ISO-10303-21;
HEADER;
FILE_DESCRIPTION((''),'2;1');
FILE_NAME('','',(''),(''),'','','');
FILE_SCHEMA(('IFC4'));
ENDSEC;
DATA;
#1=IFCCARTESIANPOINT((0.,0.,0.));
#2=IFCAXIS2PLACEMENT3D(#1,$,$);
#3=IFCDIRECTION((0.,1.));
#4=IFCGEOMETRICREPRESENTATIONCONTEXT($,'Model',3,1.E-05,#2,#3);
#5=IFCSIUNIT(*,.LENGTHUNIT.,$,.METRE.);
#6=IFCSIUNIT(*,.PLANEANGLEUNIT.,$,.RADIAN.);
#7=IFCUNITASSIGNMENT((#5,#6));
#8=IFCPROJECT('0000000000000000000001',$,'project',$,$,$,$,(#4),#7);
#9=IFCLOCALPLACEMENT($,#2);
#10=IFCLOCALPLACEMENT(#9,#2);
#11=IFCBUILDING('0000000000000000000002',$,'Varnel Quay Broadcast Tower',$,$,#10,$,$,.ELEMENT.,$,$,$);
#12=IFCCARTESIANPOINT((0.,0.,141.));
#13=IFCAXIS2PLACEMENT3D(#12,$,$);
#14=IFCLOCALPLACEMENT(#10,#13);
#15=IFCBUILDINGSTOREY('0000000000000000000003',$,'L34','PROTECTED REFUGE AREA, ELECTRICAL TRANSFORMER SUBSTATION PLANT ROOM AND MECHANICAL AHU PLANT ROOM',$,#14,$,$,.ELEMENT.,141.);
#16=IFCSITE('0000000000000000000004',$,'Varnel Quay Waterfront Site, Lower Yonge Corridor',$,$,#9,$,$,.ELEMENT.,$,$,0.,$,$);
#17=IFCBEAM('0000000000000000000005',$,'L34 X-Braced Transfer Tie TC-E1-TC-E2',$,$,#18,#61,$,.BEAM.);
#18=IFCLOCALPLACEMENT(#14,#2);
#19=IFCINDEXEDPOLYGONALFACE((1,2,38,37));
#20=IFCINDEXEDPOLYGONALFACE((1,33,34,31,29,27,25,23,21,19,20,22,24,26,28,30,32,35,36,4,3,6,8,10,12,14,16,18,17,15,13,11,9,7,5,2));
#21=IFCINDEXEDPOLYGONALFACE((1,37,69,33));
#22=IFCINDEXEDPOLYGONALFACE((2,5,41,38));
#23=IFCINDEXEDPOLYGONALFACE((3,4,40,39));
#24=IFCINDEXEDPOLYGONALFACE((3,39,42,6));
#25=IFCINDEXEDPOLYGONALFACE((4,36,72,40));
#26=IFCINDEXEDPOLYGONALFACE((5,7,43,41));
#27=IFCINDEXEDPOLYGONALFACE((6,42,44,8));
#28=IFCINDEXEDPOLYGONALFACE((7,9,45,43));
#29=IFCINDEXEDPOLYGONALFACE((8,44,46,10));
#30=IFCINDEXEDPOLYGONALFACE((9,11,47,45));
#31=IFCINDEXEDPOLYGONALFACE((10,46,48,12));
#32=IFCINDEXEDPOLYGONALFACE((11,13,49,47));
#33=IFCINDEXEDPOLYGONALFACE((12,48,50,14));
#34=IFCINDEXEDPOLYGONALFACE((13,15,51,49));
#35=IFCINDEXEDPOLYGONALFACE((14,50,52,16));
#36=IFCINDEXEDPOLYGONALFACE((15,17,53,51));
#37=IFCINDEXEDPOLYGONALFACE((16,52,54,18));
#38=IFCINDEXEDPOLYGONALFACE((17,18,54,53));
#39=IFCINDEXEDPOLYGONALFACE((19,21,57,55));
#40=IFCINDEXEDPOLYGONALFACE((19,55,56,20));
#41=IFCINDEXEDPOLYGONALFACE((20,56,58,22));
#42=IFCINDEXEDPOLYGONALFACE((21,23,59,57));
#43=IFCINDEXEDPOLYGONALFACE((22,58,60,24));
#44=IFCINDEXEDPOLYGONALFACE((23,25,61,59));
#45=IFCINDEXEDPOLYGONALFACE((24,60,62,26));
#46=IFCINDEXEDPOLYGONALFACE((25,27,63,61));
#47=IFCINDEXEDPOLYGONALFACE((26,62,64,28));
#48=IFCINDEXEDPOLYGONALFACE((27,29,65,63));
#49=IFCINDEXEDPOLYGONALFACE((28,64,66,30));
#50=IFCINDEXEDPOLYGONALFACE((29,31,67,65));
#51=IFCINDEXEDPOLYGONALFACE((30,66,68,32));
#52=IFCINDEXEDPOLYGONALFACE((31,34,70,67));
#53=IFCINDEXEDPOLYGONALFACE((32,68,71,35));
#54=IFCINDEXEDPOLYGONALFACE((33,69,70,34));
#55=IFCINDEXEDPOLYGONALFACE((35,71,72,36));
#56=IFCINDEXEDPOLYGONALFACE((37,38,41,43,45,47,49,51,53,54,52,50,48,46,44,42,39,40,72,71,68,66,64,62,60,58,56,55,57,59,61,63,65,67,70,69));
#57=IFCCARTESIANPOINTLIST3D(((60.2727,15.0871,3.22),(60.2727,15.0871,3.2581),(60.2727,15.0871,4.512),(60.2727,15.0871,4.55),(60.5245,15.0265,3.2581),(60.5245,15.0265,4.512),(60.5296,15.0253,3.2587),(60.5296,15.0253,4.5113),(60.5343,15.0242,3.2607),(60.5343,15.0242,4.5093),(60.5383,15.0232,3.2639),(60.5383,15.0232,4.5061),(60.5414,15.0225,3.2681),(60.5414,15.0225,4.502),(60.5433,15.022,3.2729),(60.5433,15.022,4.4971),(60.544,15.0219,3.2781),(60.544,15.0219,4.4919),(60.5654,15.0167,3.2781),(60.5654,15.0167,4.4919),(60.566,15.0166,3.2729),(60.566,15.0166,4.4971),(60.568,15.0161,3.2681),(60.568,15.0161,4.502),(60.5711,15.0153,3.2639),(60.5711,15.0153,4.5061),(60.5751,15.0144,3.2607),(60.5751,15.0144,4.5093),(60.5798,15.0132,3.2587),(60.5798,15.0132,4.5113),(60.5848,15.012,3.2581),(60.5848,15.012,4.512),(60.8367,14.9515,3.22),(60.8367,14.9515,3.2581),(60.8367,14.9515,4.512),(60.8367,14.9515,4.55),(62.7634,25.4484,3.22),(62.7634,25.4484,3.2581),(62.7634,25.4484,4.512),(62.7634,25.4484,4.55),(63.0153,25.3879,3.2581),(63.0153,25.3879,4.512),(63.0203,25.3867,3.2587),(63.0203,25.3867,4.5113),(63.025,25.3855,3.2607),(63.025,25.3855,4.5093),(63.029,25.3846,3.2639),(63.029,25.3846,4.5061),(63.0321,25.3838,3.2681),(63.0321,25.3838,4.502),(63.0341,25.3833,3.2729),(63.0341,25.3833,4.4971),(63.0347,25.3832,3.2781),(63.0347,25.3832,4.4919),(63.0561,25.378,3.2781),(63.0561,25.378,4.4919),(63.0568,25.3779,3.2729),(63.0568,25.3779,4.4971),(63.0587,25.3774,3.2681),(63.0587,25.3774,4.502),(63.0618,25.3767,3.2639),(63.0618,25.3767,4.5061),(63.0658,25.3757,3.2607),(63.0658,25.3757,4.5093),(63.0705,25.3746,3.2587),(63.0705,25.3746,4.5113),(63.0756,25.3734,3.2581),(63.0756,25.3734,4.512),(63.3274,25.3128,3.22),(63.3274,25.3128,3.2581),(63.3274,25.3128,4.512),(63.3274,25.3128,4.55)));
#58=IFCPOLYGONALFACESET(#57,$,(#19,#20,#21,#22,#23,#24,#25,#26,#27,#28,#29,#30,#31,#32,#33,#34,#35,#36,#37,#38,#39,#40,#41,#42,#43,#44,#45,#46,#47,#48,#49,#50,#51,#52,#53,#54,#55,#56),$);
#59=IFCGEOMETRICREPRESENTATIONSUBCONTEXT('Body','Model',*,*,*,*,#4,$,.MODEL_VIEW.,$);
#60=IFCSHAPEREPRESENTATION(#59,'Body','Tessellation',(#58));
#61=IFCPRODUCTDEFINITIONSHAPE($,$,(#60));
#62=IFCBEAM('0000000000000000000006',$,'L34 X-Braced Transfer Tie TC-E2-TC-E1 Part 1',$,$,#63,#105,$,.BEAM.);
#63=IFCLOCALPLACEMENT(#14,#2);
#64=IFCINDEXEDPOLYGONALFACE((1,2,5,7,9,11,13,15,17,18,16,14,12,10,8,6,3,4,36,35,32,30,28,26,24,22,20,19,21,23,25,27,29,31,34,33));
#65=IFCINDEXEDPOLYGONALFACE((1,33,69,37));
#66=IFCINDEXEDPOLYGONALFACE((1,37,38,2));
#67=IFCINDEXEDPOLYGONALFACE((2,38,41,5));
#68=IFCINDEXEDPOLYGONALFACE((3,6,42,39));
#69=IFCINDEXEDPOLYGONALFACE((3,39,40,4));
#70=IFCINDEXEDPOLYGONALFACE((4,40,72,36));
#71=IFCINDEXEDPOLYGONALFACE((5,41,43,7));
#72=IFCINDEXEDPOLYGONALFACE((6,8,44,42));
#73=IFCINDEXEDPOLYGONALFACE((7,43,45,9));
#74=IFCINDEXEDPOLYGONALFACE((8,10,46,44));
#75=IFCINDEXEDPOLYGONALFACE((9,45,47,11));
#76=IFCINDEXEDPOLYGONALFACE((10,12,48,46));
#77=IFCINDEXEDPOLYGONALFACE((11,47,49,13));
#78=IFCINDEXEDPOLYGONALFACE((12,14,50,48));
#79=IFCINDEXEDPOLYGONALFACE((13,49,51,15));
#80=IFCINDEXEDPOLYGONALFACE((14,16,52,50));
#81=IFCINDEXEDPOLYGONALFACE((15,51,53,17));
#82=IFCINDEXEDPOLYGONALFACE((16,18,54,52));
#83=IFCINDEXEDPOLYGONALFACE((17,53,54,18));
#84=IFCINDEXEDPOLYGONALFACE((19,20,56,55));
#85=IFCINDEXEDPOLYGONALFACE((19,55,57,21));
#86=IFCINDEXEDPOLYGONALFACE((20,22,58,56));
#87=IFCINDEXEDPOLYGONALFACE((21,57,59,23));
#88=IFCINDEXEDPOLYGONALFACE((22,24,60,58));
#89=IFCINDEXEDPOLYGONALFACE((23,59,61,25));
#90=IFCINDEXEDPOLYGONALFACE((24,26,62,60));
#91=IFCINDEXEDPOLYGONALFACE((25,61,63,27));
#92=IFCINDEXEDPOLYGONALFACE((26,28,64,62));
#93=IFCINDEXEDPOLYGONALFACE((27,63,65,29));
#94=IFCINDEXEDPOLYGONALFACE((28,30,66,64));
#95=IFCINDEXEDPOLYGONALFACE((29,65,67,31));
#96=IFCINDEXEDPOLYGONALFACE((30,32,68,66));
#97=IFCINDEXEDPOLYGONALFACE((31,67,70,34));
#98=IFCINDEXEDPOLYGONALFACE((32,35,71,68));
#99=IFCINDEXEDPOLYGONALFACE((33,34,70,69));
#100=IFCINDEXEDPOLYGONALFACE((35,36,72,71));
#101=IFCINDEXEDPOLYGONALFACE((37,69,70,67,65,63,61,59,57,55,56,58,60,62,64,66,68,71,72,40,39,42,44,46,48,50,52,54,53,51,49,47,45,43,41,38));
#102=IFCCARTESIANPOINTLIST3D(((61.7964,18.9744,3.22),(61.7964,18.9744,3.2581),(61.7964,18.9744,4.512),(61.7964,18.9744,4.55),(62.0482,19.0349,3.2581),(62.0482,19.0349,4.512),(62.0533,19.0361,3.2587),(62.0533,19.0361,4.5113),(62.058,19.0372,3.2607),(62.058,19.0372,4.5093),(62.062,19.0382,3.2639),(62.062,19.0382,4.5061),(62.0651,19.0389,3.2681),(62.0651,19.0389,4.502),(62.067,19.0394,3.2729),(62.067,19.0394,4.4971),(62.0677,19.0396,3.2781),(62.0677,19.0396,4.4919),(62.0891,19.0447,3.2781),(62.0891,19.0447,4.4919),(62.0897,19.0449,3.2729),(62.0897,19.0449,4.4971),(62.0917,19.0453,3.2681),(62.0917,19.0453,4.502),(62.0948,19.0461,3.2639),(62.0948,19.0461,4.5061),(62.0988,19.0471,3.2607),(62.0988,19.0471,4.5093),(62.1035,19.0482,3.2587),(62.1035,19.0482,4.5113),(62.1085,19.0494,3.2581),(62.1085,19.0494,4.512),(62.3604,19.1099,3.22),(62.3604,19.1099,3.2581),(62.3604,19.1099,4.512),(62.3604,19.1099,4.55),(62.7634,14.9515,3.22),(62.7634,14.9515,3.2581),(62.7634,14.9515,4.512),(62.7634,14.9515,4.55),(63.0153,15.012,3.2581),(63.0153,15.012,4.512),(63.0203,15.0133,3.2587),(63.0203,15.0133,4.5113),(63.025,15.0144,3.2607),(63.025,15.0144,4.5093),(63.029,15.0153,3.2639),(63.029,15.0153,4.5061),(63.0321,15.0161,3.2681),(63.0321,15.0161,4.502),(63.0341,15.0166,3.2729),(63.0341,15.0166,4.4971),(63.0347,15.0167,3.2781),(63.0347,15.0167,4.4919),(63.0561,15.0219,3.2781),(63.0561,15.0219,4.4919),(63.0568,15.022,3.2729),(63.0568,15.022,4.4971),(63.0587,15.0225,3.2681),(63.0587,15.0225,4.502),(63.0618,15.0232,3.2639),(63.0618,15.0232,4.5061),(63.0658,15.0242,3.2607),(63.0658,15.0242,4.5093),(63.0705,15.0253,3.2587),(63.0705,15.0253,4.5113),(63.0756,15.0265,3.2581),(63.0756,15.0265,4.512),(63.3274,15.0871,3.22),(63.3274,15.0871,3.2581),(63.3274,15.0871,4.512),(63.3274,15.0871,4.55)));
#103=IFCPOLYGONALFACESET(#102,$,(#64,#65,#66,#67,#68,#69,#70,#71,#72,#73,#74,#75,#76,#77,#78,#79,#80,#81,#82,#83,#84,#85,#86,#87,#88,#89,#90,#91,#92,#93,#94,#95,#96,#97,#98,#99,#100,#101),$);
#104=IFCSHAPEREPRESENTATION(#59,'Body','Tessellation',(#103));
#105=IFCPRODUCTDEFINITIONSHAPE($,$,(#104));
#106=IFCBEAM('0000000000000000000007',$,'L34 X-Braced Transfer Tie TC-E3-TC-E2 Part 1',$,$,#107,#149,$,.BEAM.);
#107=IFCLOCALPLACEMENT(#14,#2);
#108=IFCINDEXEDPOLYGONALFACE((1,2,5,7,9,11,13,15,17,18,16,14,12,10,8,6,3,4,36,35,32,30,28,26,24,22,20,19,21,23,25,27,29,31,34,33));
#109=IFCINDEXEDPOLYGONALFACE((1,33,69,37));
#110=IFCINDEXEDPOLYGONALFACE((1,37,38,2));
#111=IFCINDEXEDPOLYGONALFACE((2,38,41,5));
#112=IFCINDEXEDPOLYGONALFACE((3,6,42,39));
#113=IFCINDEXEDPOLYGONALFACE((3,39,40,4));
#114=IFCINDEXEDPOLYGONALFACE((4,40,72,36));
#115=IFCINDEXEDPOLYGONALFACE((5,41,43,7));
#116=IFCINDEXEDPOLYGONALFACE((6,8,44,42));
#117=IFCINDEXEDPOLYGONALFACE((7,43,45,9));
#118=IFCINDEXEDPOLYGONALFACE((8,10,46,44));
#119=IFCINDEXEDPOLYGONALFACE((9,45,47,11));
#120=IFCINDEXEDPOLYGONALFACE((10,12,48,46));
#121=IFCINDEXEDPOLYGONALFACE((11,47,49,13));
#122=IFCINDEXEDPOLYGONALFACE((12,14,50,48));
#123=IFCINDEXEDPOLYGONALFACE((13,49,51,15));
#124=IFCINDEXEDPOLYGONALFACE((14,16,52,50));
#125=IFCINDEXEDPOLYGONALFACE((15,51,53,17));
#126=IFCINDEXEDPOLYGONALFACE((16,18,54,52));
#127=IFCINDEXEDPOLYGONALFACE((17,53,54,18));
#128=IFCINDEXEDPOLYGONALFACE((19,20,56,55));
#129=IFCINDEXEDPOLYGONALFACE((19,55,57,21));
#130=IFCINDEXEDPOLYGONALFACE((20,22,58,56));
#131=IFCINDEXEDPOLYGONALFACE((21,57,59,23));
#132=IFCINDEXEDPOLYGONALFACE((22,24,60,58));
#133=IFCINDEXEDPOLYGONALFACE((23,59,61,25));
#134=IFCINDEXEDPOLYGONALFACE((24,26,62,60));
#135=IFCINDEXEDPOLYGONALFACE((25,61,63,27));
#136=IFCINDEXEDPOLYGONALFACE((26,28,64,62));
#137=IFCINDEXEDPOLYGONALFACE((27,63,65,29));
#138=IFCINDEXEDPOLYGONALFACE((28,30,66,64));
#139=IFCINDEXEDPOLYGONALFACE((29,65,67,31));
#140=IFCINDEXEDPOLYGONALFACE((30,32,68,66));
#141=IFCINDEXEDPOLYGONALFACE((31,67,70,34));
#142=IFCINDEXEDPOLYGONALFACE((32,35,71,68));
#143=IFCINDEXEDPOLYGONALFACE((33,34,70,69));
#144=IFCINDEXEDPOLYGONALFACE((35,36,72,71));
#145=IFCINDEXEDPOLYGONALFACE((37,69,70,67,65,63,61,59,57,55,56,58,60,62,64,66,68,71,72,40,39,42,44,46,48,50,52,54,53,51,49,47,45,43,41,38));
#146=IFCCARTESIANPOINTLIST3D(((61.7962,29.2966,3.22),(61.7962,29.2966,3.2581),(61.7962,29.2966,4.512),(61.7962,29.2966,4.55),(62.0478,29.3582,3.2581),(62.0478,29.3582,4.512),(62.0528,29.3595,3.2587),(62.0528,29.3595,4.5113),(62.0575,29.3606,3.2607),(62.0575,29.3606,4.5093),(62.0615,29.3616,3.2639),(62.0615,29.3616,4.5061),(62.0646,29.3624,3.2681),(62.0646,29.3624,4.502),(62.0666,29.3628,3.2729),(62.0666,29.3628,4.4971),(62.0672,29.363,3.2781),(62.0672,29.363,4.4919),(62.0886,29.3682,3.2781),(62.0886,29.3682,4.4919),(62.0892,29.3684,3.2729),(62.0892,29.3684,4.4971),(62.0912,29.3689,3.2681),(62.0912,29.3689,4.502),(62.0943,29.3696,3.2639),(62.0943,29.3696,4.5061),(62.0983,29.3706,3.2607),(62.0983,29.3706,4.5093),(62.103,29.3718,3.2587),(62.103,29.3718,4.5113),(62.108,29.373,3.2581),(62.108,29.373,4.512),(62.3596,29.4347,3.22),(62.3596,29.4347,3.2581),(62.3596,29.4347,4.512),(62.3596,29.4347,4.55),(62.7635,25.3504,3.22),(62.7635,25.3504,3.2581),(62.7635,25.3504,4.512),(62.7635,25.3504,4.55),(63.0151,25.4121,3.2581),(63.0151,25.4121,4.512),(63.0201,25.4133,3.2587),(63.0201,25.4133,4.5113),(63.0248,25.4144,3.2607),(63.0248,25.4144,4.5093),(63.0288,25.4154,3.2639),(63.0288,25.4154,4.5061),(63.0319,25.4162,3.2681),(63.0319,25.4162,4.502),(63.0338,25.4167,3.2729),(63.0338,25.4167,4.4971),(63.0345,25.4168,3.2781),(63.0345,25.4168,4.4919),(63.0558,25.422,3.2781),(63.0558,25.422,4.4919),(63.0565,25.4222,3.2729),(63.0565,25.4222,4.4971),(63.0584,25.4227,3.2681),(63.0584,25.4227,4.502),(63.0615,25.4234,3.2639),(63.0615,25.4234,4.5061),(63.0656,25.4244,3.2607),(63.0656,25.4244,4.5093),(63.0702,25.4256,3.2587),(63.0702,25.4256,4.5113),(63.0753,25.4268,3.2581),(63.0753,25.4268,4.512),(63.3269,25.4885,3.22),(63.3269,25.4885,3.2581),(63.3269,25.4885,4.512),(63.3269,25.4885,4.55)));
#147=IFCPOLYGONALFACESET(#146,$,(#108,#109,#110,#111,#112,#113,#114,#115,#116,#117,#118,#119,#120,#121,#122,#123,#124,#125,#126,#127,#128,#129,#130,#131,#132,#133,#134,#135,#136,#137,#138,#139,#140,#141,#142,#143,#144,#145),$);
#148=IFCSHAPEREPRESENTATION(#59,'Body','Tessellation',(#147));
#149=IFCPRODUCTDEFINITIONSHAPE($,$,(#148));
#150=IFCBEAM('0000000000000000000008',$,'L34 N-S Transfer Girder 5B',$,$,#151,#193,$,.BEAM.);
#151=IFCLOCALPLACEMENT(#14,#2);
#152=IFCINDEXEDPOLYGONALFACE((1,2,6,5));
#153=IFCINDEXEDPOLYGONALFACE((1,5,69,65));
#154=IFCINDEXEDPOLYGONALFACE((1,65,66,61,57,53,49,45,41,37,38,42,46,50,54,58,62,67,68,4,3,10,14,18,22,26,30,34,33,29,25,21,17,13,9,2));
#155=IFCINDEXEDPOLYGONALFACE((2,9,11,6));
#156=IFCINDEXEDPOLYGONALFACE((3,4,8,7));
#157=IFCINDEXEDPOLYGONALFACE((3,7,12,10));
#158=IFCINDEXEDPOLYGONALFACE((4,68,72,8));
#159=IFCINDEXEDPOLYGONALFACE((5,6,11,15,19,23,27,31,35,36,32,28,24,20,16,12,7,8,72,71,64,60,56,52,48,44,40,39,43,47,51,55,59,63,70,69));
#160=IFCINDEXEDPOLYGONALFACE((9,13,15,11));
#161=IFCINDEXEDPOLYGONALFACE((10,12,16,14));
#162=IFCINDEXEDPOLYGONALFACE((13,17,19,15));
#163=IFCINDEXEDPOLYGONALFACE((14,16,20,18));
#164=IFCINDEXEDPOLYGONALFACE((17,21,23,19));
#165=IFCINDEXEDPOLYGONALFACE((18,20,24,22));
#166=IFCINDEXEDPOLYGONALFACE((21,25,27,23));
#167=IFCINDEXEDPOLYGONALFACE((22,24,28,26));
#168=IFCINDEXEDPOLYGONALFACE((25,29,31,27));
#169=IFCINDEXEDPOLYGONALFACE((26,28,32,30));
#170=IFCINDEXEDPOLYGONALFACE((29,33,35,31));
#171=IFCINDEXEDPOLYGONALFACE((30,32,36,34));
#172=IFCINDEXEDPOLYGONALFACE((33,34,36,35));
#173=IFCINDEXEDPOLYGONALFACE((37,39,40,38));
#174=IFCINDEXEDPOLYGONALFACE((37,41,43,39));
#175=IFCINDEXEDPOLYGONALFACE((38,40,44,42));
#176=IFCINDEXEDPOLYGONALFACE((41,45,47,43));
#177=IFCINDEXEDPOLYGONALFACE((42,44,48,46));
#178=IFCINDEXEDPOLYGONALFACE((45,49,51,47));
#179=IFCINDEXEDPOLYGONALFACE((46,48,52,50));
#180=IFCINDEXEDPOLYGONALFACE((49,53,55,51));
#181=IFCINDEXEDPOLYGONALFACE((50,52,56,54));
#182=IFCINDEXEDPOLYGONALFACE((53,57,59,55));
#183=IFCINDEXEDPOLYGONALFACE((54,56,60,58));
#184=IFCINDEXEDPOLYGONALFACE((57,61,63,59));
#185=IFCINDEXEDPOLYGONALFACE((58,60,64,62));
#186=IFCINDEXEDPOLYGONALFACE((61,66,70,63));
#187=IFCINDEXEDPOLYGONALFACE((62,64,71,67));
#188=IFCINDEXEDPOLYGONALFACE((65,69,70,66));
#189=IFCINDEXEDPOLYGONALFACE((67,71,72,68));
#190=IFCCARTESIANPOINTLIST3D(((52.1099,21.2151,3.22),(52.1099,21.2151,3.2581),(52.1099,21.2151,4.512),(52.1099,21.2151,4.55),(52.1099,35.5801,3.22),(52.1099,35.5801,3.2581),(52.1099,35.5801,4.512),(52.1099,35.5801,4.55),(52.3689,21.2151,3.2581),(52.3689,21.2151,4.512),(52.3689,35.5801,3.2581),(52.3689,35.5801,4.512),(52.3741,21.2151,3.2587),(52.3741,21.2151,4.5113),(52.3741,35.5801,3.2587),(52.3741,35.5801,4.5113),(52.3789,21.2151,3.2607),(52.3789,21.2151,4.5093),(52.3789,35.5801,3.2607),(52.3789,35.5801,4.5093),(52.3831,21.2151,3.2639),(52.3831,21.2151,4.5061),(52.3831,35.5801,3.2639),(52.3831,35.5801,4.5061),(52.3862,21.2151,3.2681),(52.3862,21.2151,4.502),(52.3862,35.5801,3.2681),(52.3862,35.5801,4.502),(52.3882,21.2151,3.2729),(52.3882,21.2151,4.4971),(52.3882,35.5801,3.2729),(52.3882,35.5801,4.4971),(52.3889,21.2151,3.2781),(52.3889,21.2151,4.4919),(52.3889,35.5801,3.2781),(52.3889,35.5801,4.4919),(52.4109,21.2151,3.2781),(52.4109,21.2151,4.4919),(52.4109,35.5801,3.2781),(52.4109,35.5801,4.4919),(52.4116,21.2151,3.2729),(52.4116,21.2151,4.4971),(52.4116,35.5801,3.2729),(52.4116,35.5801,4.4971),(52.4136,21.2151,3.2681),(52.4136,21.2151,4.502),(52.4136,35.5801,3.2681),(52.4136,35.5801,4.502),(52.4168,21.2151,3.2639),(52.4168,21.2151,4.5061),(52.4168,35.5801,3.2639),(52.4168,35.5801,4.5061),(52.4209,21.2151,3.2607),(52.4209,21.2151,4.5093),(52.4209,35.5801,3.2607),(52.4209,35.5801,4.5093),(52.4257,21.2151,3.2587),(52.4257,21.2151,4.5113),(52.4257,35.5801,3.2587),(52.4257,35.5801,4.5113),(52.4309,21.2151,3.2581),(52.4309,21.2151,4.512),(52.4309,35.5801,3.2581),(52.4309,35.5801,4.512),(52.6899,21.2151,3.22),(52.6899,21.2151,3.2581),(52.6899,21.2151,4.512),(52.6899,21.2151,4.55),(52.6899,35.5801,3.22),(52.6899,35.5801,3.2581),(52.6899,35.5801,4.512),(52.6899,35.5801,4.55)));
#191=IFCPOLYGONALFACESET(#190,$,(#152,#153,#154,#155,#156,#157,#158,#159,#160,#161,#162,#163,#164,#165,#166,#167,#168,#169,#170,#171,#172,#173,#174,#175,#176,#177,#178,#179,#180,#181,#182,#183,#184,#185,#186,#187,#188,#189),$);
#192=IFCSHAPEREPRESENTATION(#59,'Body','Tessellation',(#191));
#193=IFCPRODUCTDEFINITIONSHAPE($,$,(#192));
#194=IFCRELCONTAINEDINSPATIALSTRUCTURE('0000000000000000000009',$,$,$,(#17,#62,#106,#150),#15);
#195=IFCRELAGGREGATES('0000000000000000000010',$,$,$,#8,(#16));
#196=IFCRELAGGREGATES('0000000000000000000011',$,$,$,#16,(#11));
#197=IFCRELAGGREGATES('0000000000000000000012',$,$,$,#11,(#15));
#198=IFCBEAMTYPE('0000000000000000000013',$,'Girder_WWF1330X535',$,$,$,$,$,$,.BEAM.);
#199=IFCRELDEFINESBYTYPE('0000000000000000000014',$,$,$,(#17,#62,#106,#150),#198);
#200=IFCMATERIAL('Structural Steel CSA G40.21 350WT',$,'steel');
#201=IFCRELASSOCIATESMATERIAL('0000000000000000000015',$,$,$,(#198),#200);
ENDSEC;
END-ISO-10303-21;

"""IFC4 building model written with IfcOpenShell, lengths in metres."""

from ifc_helpers import new_model, si_unit, direction, frame, origin, origin_2d, place, context, subcontext, project, spatial, i_section, extrude, source, transform, mapped, material, material_profile, profile_set, type_object, element, save


model = new_model("IFC4")

# Units and contexts
model_context = context("Model", 3, precision=1e-05, world=origin(), true_north=direction((0.0, 1.0)))
body_context = subcontext(model_context, "Body", "Model", "MODEL_VIEW")
ifc_project = project(units=[si_unit("LENGTHUNIT", "METRE"), si_unit("PLANEANGLEUNIT", "RADIAN")], contexts=[model_context])

# Site, building, storey
site_placement = place(None, origin())
site = spatial("IfcSite", under=ifc_project, at=site_placement, Name="Varnel Quay Waterfront Site, Lower Yonge Corridor", CompositionType="ELEMENT", RefElevation=0.0)
building_placement = place(site_placement, origin())
building = spatial("IfcBuilding", under=site, at=building_placement, Name="Varnel Quay Broadcast Tower", CompositionType="ELEMENT")
storey_placement = place(building_placement, frame((0.0, 0.0, 141.0)))
storey = spatial("IfcBuildingStorey", under=building, at=storey_placement, Name="L34", Description="PROTECTED REFUGE AREA, ELECTRICAL TRANSFORMER SUBSTATION PLANT ROOM AND MECHANICAL AHU PLANT ROOM", CompositionType="ELEMENT", Elevation=141.0)

# Beams
ifc_material_1 = material(Name="Structural Steel CSA G40.21 350WT", Category="steel")
ifc_material_profile_1 = material_profile(ifc_material_1, i_section(OverallWidth=0.5801, OverallDepth=1.3301, WebThickness=0.022, FlangeThickness=0.0381, FilletRadius=0.02, at=origin_2d()), Name="WWF1330X535")
ifc_profile_set_1 = profile_set([ifc_material_profile_1], Name="Structural Steel CSA G40.21 350WT")
beam_type = type_object("IfcBeamType", Name="Girder_WWF1330X535", PredefinedType="BEAM", material=ifc_profile_set_1)
shared_shape_1 = source(origin(), body_context, "Body", "SweptSolid", [
    extrude(i_section(OverallWidth=0.5801, OverallDepth=1.3301, WebThickness=0.022, FlangeThickness=0.0381, FilletRadius=0.02, at=origin_2d()), origin(), (0.0, 0.0, 1.0), 10.6565),
])
beam_1_placement = place(storey_placement, frame((63.0454, 25.3806, 3.885), z_axis=(-0.233728, -0.972302, 0.0), x_axis=(0.972302, -0.233728, 0.0)))
element("IfcBeam", 1, at=beam_1_placement, inside=storey, type_object=beam_type, Name="L34 X-Braced Transfer Tie TC-E1-TC-E2", PredefinedType="BEAM", context=body_context, shape_type="MappedRepresentation", body=[
    mapped(shared_shape_1, transform((0.0, 0.0, 0.0), x_axis=(1.0, 0.0, 0.0), y_axis=(0.0, 1.0, 0.0), z_axis=(0.0, 0.0, 1.0), scale=1.0)),
])
shared_shape_2 = source(origin(), body_context, "Body", "SweptSolid", [
    extrude(i_section(OverallWidth=0.5801, OverallDepth=1.3301, WebThickness=0.022, FlangeThickness=0.0381, FilletRadius=0.02, at=origin_2d()), origin(), (0.0, 0.0, 1.0), 4.1375),
])
beam_2_placement = place(storey_placement, frame((63.0454, 15.0193, 3.885), z_axis=(-0.233723, 0.972303, 0.0), x_axis=(-0.972303, -0.233723, 0.0)))
element("IfcBeam", 2, at=beam_2_placement, inside=storey, type_object=beam_type, Name="L34 X-Braced Transfer Tie TC-E2-TC-E1 Part 1", PredefinedType="BEAM", context=body_context, shape_type="MappedRepresentation", body=[
    mapped(shared_shape_2, transform((0.0, 0.0, 0.0), x_axis=(1.0, 0.0, 0.0), y_axis=(0.0, 1.0, 0.0), z_axis=(0.0, 0.0, 1.0), scale=1.0)),
])
shared_shape_3 = source(origin(), body_context, "Body", "SweptSolid", [
    extrude(i_section(OverallWidth=0.5801, OverallDepth=1.3301, WebThickness=0.022, FlangeThickness=0.0381, FilletRadius=0.02, at=origin_2d()), origin(), (0.0, 0.0, 1.0), 4.063),
])
beam_3_placement = place(storey_placement, frame((63.0452, 25.4194, 3.885), z_axis=(-0.238065, 0.971249, 0.0), x_axis=(-0.971249, -0.238065, 0.0)))
element("IfcBeam", 3, at=beam_3_placement, inside=storey, type_object=beam_type, Name="L34 X-Braced Transfer Tie TC-E3-TC-E2 Part 1", PredefinedType="BEAM", context=body_context, shape_type="MappedRepresentation", body=[
    mapped(shared_shape_3, transform((0.0, 0.0, 0.0), x_axis=(1.0, 0.0, 0.0), y_axis=(0.0, 1.0, 0.0), z_axis=(0.0, 0.0, 1.0), scale=1.0)),
])
shared_shape_4 = source(origin(), body_context, "Body", "SweptSolid", [
    extrude(i_section(OverallWidth=0.5801, OverallDepth=1.3301, WebThickness=0.022, FlangeThickness=0.0381, FilletRadius=0.02, at=origin_2d()), origin(), (0.0, 0.0, 1.0), 14.365),
])
beam_4_placement = place(storey_placement, frame((52.3999, 21.2151, 3.885), z_axis=(0.0, 1.0, 0.0), x_axis=(-1.0, 0.0, 0.0)))
element("IfcBeam", 4, at=beam_4_placement, inside=storey, type_object=beam_type, Name="L34 N-S Transfer Girder 5B", PredefinedType="BEAM", context=body_context, shape_type="MappedRepresentation", body=[
    mapped(shared_shape_4, transform((0.0, 0.0, 0.0), x_axis=(1.0, 0.0, 0.0), y_axis=(0.0, 1.0, 0.0), z_axis=(0.0, 0.0, 1.0), scale=1.0)),
])

save(model, "model.ifc")
